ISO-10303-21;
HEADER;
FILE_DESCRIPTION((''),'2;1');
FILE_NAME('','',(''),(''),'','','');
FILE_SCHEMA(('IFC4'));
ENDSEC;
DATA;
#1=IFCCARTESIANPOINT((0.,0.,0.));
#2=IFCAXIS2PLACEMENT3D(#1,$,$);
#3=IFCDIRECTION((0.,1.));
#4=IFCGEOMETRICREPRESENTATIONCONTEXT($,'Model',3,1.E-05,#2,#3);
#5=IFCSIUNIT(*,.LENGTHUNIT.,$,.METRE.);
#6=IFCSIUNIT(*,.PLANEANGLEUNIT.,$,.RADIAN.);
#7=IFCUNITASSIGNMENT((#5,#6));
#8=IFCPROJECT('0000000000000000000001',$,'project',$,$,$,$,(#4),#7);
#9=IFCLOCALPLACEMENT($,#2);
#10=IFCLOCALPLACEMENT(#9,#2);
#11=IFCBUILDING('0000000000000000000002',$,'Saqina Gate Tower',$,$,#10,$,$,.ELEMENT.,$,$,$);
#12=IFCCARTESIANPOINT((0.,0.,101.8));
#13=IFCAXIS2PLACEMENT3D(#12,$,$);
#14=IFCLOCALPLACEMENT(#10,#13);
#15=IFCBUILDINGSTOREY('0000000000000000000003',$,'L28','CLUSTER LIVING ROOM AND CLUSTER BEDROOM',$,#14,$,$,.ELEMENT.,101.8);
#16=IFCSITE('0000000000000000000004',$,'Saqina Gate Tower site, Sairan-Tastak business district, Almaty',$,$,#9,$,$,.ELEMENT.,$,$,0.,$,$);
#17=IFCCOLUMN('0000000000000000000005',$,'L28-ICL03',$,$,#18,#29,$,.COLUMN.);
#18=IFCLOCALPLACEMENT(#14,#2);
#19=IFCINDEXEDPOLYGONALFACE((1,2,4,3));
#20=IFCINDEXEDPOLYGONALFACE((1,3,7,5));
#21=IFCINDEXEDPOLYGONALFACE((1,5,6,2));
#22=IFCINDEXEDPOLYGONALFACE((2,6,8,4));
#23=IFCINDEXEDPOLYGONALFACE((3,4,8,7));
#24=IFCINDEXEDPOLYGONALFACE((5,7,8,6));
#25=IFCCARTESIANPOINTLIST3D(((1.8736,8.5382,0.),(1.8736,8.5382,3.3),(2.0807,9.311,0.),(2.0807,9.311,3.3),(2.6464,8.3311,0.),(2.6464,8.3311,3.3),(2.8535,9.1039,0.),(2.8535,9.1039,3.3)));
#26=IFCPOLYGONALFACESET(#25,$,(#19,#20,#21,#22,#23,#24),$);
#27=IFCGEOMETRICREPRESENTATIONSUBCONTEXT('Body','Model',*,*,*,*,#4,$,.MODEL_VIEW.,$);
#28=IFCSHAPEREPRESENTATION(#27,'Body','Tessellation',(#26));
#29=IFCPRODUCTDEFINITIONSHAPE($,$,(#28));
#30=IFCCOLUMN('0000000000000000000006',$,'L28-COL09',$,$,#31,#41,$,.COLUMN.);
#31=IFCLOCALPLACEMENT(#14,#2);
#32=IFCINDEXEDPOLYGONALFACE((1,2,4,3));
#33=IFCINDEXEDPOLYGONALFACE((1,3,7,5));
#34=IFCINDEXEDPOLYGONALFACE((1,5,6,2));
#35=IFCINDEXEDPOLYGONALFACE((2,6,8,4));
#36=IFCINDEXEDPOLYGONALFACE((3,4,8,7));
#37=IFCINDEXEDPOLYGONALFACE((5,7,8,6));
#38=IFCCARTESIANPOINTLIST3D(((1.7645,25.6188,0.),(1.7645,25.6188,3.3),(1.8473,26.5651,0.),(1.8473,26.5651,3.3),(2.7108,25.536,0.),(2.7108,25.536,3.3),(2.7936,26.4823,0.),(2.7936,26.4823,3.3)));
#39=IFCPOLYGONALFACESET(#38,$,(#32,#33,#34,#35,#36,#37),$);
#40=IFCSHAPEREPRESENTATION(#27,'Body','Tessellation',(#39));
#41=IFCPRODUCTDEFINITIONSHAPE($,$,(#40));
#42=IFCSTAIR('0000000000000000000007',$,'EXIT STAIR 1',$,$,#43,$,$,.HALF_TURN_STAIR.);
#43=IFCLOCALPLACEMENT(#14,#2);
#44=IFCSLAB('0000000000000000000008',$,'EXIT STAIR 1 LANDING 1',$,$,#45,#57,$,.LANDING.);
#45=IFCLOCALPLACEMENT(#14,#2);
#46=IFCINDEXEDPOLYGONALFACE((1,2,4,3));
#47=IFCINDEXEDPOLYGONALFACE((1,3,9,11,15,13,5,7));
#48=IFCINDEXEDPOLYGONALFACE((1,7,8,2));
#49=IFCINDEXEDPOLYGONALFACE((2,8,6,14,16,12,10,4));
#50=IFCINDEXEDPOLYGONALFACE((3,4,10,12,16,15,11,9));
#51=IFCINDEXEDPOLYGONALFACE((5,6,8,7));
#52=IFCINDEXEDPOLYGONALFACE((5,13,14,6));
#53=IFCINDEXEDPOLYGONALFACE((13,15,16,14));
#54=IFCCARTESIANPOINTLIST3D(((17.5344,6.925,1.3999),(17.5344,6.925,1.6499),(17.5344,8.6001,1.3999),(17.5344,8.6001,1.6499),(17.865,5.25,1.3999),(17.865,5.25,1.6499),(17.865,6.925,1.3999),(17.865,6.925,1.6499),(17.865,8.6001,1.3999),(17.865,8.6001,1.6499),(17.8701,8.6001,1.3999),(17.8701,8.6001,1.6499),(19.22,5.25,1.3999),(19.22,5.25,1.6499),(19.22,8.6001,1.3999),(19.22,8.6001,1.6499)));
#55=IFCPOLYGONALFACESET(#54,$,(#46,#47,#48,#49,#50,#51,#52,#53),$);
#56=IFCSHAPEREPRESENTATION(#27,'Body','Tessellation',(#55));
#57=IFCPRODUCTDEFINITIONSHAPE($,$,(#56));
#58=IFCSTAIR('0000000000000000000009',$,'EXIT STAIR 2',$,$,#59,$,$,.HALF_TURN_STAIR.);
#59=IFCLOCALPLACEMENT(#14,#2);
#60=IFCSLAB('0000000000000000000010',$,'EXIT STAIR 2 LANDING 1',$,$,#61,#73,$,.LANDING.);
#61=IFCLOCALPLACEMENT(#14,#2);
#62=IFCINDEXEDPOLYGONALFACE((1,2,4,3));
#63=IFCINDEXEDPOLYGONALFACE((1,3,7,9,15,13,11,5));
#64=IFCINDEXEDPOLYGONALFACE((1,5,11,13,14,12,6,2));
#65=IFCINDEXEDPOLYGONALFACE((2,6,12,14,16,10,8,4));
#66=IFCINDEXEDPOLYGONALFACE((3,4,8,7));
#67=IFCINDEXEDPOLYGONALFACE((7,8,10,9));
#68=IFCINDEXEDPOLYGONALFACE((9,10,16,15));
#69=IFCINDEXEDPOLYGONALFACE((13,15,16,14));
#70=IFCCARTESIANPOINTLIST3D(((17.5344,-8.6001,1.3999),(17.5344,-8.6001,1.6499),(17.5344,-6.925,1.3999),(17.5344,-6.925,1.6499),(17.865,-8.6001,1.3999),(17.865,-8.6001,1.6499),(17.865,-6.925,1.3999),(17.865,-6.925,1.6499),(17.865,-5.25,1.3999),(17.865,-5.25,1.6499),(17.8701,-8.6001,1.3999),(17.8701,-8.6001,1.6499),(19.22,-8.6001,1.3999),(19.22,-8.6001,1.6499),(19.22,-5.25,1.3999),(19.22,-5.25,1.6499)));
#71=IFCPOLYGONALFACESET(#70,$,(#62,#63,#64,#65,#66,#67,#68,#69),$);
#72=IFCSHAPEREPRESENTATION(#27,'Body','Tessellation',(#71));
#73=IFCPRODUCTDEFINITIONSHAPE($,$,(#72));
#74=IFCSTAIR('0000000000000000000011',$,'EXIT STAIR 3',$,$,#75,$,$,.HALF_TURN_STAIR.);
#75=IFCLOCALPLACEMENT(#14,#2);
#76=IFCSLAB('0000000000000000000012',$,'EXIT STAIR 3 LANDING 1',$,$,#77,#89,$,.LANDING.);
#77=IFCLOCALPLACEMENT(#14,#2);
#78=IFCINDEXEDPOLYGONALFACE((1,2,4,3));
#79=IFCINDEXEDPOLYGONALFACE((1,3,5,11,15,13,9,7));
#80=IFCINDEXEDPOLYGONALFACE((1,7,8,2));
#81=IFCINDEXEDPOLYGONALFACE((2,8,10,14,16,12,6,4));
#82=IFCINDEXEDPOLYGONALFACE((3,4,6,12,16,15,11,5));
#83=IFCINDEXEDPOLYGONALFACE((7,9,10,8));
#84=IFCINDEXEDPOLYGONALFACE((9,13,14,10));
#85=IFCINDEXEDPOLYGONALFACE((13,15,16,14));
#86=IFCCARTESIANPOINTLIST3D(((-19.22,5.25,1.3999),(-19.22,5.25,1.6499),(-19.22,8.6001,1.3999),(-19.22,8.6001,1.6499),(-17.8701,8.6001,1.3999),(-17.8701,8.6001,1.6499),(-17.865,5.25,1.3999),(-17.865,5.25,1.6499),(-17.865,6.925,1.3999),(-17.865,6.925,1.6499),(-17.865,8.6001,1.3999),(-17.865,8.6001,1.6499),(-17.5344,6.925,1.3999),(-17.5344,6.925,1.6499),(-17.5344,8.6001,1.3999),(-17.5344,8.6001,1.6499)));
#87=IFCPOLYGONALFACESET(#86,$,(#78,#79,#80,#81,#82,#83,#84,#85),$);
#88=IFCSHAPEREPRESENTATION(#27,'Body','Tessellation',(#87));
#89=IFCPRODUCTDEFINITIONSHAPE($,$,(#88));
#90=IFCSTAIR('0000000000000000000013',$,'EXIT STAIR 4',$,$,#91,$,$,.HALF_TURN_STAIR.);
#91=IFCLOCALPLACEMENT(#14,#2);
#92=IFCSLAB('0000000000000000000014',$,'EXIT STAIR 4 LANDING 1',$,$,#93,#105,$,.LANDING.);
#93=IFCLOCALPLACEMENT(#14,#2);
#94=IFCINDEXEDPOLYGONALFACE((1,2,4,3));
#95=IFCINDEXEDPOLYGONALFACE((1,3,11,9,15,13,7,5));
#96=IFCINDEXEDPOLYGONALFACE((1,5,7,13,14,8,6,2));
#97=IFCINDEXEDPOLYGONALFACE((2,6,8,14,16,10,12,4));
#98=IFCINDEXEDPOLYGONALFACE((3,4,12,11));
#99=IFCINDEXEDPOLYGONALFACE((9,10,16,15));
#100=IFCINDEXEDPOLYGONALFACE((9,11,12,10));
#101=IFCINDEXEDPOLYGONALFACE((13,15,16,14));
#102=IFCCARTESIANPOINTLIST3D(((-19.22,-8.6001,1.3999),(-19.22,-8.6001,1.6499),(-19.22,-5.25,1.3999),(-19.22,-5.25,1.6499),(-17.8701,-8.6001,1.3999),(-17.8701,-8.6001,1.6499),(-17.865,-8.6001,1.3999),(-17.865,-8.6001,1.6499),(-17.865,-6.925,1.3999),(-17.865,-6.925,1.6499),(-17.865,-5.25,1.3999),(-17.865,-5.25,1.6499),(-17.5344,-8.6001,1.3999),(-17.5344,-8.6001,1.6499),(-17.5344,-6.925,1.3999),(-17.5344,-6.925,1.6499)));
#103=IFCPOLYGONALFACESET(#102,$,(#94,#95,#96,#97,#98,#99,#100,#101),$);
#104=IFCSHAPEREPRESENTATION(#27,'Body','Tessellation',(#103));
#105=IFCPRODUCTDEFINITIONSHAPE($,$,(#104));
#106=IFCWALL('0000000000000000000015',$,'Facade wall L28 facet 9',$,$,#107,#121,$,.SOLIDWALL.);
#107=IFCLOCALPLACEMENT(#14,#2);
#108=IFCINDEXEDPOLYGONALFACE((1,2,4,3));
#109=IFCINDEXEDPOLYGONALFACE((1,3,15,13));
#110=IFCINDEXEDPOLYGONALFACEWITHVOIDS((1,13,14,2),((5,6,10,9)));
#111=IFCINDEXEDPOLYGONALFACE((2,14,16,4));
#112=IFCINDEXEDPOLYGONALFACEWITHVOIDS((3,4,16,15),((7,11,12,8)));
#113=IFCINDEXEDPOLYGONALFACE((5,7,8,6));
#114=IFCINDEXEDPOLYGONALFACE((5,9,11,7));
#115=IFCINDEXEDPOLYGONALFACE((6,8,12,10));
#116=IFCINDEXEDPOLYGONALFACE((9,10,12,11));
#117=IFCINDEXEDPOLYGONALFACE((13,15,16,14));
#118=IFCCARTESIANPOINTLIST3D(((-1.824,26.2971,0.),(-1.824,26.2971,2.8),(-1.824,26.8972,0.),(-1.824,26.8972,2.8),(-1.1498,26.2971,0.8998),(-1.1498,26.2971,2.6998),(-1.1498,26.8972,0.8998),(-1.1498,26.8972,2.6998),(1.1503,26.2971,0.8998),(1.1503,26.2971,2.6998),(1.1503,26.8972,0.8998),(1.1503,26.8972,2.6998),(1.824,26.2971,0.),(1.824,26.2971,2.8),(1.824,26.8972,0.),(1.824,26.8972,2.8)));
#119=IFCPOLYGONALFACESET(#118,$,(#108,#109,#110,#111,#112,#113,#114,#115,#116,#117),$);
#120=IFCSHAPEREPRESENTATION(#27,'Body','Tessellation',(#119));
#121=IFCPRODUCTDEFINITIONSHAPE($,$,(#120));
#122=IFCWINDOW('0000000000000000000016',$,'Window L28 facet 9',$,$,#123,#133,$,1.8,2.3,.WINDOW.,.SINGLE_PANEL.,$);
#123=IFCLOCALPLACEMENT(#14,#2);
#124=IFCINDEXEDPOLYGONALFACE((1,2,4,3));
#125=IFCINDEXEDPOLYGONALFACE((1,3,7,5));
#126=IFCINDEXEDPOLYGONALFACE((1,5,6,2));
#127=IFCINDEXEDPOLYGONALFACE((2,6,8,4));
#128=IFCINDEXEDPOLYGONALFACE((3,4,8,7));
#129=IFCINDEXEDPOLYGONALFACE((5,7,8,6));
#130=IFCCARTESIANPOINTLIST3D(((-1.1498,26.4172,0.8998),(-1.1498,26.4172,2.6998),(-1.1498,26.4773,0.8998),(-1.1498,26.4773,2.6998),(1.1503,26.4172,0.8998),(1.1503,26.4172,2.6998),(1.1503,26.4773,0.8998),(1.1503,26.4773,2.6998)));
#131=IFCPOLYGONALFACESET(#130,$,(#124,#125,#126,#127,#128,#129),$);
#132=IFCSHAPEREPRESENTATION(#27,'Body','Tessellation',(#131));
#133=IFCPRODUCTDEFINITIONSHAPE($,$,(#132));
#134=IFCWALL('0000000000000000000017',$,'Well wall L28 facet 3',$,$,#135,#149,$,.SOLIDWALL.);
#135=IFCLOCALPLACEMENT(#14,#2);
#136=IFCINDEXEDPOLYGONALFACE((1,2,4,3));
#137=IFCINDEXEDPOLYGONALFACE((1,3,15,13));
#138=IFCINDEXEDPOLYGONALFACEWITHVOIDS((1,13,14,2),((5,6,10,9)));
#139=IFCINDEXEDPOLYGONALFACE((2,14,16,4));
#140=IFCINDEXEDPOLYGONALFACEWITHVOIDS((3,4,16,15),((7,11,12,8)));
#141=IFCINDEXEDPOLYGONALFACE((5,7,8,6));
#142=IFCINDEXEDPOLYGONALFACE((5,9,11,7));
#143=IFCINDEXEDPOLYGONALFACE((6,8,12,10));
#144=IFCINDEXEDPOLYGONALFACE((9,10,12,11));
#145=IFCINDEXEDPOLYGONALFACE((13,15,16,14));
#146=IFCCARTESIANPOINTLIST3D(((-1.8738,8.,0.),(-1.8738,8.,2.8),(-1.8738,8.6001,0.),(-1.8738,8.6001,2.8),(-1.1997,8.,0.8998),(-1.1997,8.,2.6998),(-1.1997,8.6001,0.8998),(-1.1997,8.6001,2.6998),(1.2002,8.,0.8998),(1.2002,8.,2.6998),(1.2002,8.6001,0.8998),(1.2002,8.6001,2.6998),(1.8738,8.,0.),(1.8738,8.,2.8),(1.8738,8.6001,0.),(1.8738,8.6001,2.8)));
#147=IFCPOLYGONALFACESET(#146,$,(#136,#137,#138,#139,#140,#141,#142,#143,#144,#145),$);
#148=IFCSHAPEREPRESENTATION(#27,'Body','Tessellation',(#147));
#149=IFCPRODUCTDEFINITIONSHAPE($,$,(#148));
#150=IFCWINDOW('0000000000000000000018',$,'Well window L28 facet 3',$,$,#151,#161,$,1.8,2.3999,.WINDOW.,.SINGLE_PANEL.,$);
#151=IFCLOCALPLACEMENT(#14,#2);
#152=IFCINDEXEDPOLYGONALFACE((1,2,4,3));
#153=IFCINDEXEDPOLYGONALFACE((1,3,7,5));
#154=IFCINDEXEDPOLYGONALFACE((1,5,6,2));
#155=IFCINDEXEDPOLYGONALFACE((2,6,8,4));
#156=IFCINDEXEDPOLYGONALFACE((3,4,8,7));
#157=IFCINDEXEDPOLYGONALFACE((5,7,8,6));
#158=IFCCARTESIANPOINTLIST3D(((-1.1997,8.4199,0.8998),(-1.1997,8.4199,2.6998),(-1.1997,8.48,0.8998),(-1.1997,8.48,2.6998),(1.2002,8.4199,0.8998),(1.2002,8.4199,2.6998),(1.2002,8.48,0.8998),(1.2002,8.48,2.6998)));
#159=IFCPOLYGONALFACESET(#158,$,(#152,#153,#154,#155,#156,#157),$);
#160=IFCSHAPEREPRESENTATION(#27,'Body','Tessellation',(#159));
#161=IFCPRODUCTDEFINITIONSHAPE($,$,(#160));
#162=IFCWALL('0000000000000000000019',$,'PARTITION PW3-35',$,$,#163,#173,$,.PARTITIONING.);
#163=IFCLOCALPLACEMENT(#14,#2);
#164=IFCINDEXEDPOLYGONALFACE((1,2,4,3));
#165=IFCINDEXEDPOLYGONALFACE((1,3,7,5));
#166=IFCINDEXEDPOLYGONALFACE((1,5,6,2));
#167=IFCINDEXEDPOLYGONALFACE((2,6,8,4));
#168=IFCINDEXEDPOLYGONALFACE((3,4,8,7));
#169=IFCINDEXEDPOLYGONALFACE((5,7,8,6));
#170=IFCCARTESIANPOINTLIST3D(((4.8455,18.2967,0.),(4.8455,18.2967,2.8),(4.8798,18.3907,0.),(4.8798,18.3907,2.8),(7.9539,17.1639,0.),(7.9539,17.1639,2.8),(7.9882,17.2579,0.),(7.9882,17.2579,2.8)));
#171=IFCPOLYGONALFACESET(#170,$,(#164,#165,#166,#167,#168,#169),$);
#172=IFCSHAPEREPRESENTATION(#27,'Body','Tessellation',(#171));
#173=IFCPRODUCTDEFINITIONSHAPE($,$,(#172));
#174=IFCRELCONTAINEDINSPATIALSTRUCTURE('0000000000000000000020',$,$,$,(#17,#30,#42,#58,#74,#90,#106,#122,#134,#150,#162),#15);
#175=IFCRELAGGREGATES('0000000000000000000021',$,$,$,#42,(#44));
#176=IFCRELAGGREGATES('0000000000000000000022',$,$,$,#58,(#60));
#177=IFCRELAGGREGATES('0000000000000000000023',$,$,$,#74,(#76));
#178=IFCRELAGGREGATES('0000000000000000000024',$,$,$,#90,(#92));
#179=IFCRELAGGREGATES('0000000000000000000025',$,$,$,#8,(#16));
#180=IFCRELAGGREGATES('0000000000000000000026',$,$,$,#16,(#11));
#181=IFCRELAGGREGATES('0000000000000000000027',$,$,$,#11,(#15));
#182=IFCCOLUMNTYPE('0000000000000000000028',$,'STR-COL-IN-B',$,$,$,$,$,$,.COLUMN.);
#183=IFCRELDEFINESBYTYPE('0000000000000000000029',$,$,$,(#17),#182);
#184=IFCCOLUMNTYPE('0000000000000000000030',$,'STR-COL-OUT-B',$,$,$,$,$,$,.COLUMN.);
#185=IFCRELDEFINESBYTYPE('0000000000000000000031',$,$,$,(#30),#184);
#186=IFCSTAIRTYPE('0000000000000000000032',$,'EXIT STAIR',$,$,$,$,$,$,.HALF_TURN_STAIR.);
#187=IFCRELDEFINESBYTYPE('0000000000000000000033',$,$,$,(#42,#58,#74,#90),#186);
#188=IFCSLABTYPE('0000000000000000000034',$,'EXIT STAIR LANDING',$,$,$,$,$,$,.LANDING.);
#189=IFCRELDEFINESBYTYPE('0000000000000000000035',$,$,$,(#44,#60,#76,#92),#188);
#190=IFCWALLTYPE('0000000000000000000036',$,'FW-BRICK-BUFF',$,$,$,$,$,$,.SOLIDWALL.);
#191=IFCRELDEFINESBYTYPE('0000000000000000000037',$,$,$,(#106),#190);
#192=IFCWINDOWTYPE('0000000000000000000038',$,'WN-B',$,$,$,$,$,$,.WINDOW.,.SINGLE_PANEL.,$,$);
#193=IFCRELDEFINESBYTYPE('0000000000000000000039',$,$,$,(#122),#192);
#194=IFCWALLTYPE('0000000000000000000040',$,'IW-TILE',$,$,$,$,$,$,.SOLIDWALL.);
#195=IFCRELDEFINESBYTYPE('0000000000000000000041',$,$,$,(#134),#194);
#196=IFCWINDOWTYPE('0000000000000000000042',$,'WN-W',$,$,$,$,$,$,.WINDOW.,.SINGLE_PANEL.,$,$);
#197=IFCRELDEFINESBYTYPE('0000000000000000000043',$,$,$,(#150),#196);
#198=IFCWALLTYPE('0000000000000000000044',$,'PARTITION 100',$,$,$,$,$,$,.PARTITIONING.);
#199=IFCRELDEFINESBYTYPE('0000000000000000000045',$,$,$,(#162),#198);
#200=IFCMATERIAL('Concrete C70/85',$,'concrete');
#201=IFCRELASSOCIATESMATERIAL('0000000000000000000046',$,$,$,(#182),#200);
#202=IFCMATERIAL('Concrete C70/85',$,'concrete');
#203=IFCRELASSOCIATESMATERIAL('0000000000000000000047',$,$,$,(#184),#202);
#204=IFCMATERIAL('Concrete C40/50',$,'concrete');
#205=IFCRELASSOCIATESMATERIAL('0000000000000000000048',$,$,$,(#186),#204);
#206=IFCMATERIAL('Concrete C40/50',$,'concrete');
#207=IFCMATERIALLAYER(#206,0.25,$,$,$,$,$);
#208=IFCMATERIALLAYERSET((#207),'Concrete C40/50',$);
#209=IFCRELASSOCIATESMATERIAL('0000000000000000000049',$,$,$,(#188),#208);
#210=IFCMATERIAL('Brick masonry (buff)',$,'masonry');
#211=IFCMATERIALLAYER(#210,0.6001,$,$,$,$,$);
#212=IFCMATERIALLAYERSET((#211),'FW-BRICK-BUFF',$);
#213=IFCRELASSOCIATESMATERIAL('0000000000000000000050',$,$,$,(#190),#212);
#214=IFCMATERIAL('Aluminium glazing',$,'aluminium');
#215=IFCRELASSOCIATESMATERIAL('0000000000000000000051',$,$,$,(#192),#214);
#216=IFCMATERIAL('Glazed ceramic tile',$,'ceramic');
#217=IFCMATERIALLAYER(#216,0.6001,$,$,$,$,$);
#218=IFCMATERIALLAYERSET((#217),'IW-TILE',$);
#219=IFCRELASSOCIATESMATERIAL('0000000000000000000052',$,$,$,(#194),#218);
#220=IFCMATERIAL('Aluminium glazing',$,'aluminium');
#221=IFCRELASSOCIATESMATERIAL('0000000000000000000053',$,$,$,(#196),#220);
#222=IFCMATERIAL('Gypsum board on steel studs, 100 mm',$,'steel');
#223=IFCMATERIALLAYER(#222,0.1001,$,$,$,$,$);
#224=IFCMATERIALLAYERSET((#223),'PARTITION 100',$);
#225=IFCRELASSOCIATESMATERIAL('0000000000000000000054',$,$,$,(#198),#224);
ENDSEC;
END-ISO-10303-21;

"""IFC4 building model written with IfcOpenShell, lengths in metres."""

from ifc_helpers import new_model, si_unit, direction, frame, frame_2d, origin, origin_2d, place, context, subcontext, project, spatial, polyline, rectangle, outline, extrude, material, layer, layer_set, material_profile, profile_set, type_object, element, fill, aggregate, save


model = new_model("IFC4")

# Units and contexts
model_context = context("Model", 3, precision=1e-05, world=origin(), true_north=direction((0.0, 1.0)))
body_context = subcontext(model_context, "Body", "Model", "MODEL_VIEW")
ifc_project = project(units=[si_unit("LENGTHUNIT", "METRE"), si_unit("PLANEANGLEUNIT", "RADIAN")], contexts=[model_context])

# Site, building, storey
site_placement = place(None, origin())
site = spatial("IfcSite", under=ifc_project, at=site_placement, Name="Saqina Gate Tower site, Sairan-Tastak business district, Almaty", CompositionType="ELEMENT", RefElevation=0.0)
building_placement = place(site_placement, origin())
building = spatial("IfcBuilding", under=site, at=building_placement, Name="Saqina Gate Tower", CompositionType="ELEMENT")
storey_placement = place(building_placement, frame((0.0, 0.0, 101.8)))
storey = spatial("IfcBuildingStorey", under=building, at=storey_placement, Name="L28", Description="CLUSTER LIVING ROOM AND CLUSTER BEDROOM", CompositionType="ELEMENT", Elevation=101.8)

# Columns
ifc_material_1 = material(Name="Concrete C70/85", Category="concrete")
ifc_material_profile_1 = material_profile(ifc_material_1, rectangle(XDim=0.8, YDim=0.8, at=origin_2d()), Name="RC 800x800")
ifc_profile_set_1 = profile_set([ifc_material_profile_1], Name="Concrete C70/85")
column_type_1 = type_object("IfcColumnType", Name="STR-COL-IN-B", PredefinedType="COLUMN", material=ifc_profile_set_1)
column_1_placement = place(storey_placement, frame((2.3635, 8.821, 0.0), z_axis=(0.0, 0.0, 1.0), x_axis=(0.258819, 0.965926, 0.0)))
element("IfcColumn", 1, at=column_1_placement, inside=storey, type_object=column_type_1, Name="L28-ICL03", PredefinedType="COLUMN", context=body_context, shape_type="SweptSolid", body=[
    extrude(rectangle(XDim=0.8, YDim=0.8, at=origin_2d()), origin(), (0.0, 0.0, 1.0), 3.3),
])
ifc_material_2 = material(Name="Concrete C70/85", Category="concrete")
ifc_material_profile_2 = material_profile(ifc_material_2, rectangle(XDim=0.95, YDim=0.95, at=origin_2d()), Name="RC 950x950")
ifc_profile_set_2 = profile_set([ifc_material_profile_2], Name="Concrete C70/85")
column_type_2 = type_object("IfcColumnType", Name="STR-COL-OUT-B", PredefinedType="COLUMN", material=ifc_profile_set_2)
column_2_placement = place(storey_placement, frame((2.2791, 26.0505, 0.0), z_axis=(0.0, 0.0, 1.0), x_axis=(0.087156, 0.996195, 0.0)))
element("IfcColumn", 2, at=column_2_placement, inside=storey, type_object=column_type_2, Name="L28-COL09", PredefinedType="COLUMN", context=body_context, shape_type="SweptSolid", body=[
    extrude(rectangle(XDim=0.95, YDim=0.95, at=origin_2d()), origin(), (0.0, 0.0, 1.0), 3.3),
])

# Stairs, slabs
ifc_material_3 = material(Name="Concrete C40/50", Category="concrete")
stair_type = type_object("IfcStairType", Name="EXIT STAIR", PredefinedType="HALF_TURN_STAIR", material=ifc_material_3)
stair_1_placement = place(storey_placement, origin())
stair_1 = element("IfcStair", 3, at=stair_1_placement, inside=storey, type_object=stair_type, Name="EXIT STAIR 1", PredefinedType="HALF_TURN_STAIR")
ifc_material_4 = material(Name="Concrete C40/50", Category="concrete")
ifc_layer_1 = layer(ifc_material_4, 0.25)
ifc_layer_set_1 = layer_set([ifc_layer_1], Name="Concrete C40/50")
slab_type = type_object("IfcSlabType", Name="EXIT STAIR LANDING", PredefinedType="LANDING", material=ifc_layer_set_1)
slab_1_placement = place(storey_placement, frame((0.0, 0.0, 1.3999)))
slab_1 = element("IfcSlab", 4, at=slab_1_placement, type_object=slab_type, Name="EXIT STAIR 1 LANDING 1", PredefinedType="LANDING", context=body_context, shape_type="SweptSolid", body=[
    extrude(outline(polyline([(19.22, 8.6001), (19.22, 5.25), (17.865, 5.25), (17.865, 6.925), (17.5344, 6.925), (17.5344, 8.6001), (17.865, 8.6001), (17.8701, 8.6001), (19.22, 8.6001)])), origin(), (0.0, 0.0, 1.0), 0.25),
])
aggregate(stair_1, [slab_1])
stair_2_placement = place(storey_placement, origin())
stair_2 = element("IfcStair", 5, at=stair_2_placement, inside=storey, type_object=stair_type, Name="EXIT STAIR 2", PredefinedType="HALF_TURN_STAIR")
slab_2_placement = place(storey_placement, frame((0.0, 0.0, 1.3999)))
slab_2 = element("IfcSlab", 6, at=slab_2_placement, type_object=slab_type, Name="EXIT STAIR 2 LANDING 1", PredefinedType="LANDING", context=body_context, shape_type="SweptSolid", body=[
    extrude(outline(polyline([(17.5344, -8.6001), (17.5344, -6.925), (17.865, -6.925), (17.865, -5.25), (19.22, -5.25), (19.22, -8.6001), (17.8701, -8.6001), (17.865, -8.6001), (17.5344, -8.6001)])), origin(), (0.0, 0.0, 1.0), 0.25),
])
aggregate(stair_2, [slab_2])
stair_3_placement = place(storey_placement, origin())
stair_3 = element("IfcStair", 7, at=stair_3_placement, inside=storey, type_object=stair_type, Name="EXIT STAIR 3", PredefinedType="HALF_TURN_STAIR")
slab_3_placement = place(storey_placement, frame((0.0, 0.0, 1.3999)))
slab_3 = element("IfcSlab", 8, at=slab_3_placement, type_object=slab_type, Name="EXIT STAIR 3 LANDING 1", PredefinedType="LANDING", context=body_context, shape_type="SweptSolid", body=[
    extrude(outline(polyline([(-17.865, 5.25), (-19.22, 5.25), (-19.22, 8.6001), (-17.8701, 8.6001), (-17.865, 8.6001), (-17.5344, 8.6001), (-17.5344, 6.925), (-17.865, 6.925), (-17.865, 5.25)])), origin(), (0.0, 0.0, 1.0), 0.25),
])
aggregate(stair_3, [slab_3])
stair_4_placement = place(storey_placement, origin())
stair_4 = element("IfcStair", 9, at=stair_4_placement, inside=storey, type_object=stair_type, Name="EXIT STAIR 4", PredefinedType="HALF_TURN_STAIR")
slab_4_placement = place(storey_placement, frame((0.0, 0.0, 1.3999)))
slab_4 = element("IfcSlab", 10, at=slab_4_placement, type_object=slab_type, Name="EXIT STAIR 4 LANDING 1", PredefinedType="LANDING", context=body_context, shape_type="SweptSolid", body=[
    extrude(outline(polyline([(-17.5344, -6.925), (-17.5344, -8.6001), (-17.865, -8.6001), (-17.8701, -8.6001), (-19.22, -8.6001), (-19.22, -5.25), (-17.865, -5.25), (-17.865, -6.925), (-17.5344, -6.925)])), origin(), (0.0, 0.0, 1.0), 0.25),
])
aggregate(stair_4, [slab_4])

# Walls, openings, windows
ifc_material_5 = material(Name="Brick masonry (buff)", Category="masonry")
ifc_layer_2 = layer(ifc_material_5, 0.6001)
ifc_layer_set_2 = layer_set([ifc_layer_2], Name="FW-BRICK-BUFF")
wall_type_1 = type_object("IfcWallType", Name="FW-BRICK-BUFF", PredefinedType="SOLIDWALL", material=ifc_layer_set_2)
wall_1_placement = place(storey_placement, frame((1.824, 26.5972, 0.0), z_axis=(0.0, 0.0, 1.0), x_axis=(-1.0, 0.0, 0.0)))
wall_1 = element("IfcWall", 11, at=wall_1_placement, inside=storey, type_object=wall_type_1, Name="Facade wall L28 facet 9", PredefinedType="SOLIDWALL", context=body_context, shape_type="SweptSolid", body=[
    extrude(rectangle(XDim=3.6479, YDim=0.6001, at=frame_2d((1.824, 0.0))), origin(), (0.0, 0.0, 1.0), 2.8),
])
opening_1_placement = place(wall_1_placement, frame((0.6738, 0.0, 0.8999)))
opening_1 = element("IfcOpeningElement", 12, at=opening_1_placement, cuts=wall_1, PredefinedType="OPENING", context=body_context, shape_type="SweptSolid", body=[
    extrude(rectangle(XDim=2.3, YDim=1.8, at=frame_2d((1.1499, 0.8999))), frame((0.0, 0.312, 0.0), z_axis=(0.0, -1.0, 0.0), x_axis=(1.0, 0.0, 0.0)), (0.0, 0.0, 1.0), 0.624),
])
ifc_material_6 = material(Name="Aluminium glazing", Category="aluminium")
window_type_1 = type_object("IfcWindowType", Name="WN-B", PartitioningType="SINGLE_PANEL", PredefinedType="WINDOW", material=ifc_material_6)
window_1_placement = place(opening_1_placement, origin())
window_1 = element("IfcWindow", 13, at=window_1_placement, inside=storey, type_object=window_type_1, Name="Window L28 facet 9", OverallHeight=1.8, OverallWidth=2.3, PartitioningType="SINGLE_PANEL", PredefinedType="WINDOW", context=body_context, shape_type="SweptSolid", body=[
    extrude(rectangle(XDim=2.3, YDim=1.8, at=frame_2d((1.1499, 0.8999))), frame((0.0, 0.1799, 0.0), z_axis=(0.0, -1.0, 0.0), x_axis=(1.0, 0.0, 0.0)), (0.0, 0.0, 1.0), 0.0601),
])
fill(opening_1, window_1)
ifc_material_7 = material(Name="Glazed ceramic tile", Category="ceramic")
ifc_layer_3 = layer(ifc_material_7, 0.6001)
ifc_layer_set_3 = layer_set([ifc_layer_3], Name="IW-TILE")
wall_type_2 = type_object("IfcWallType", Name="IW-TILE", PredefinedType="SOLIDWALL", material=ifc_layer_set_3)
wall_2_placement = place(storey_placement, frame((1.8738, 8.3, 0.0), z_axis=(0.0, 0.0, 1.0), x_axis=(-1.0, 0.0, 0.0)))
wall_2 = element("IfcWall", 14, at=wall_2_placement, inside=storey, type_object=wall_type_2, Name="Well wall L28 facet 3", PredefinedType="SOLIDWALL", context=body_context, shape_type="SweptSolid", body=[
    extrude(rectangle(XDim=3.7476, YDim=0.6001, at=frame_2d((1.8738, 0.0))), origin(), (0.0, 0.0, 1.0), 2.8),
])
opening_2_placement = place(wall_2_placement, frame((0.6736, 0.0, 0.8999)))
opening_2 = element("IfcOpeningElement", 15, at=opening_2_placement, cuts=wall_2, PredefinedType="OPENING", context=body_context, shape_type="SweptSolid", body=[
    extrude(rectangle(XDim=2.3999, YDim=1.8, at=frame_2d((1.2, 0.8999))), frame((0.0, 0.312, 0.0), z_axis=(0.0, -1.0, 0.0), x_axis=(1.0, 0.0, 0.0)), (0.0, 0.0, 1.0), 0.624),
])
ifc_material_8 = material(Name="Aluminium glazing", Category="aluminium")
window_type_2 = type_object("IfcWindowType", Name="WN-W", PartitioningType="SINGLE_PANEL", PredefinedType="WINDOW", material=ifc_material_8)
window_2_placement = place(opening_2_placement, origin())
window_2 = element("IfcWindow", 16, at=window_2_placement, inside=storey, type_object=window_type_2, Name="Well window L28 facet 3", OverallHeight=1.8, OverallWidth=2.3999, PartitioningType="SINGLE_PANEL", PredefinedType="WINDOW", context=body_context, shape_type="SweptSolid", body=[
    extrude(rectangle(XDim=2.3999, YDim=1.8, at=frame_2d((1.2, 0.8999))), frame((0.0, -0.1199, 0.0), z_axis=(0.0, -1.0, 0.0), x_axis=(1.0, 0.0, 0.0)), (0.0, 0.0, 1.0), 0.0601),
])
fill(opening_2, window_2)

# Wall
ifc_material_9 = material(Name="Gypsum board on steel studs, 100 mm", Category="steel")
ifc_layer_4 = layer(ifc_material_9, 0.1001)
ifc_layer_set_4 = layer_set([ifc_layer_4], Name="PARTITION 100")
wall_type_3 = type_object("IfcWallType", Name="PARTITION 100", PredefinedType="PARTITIONING", material=ifc_layer_set_4)
wall_3_placement = place(storey_placement, frame((4.8625, 18.3438, 0.0), z_axis=(0.0, 0.0, 1.0), x_axis=(0.939552, -0.342407, 0.0)))
element("IfcWall", 17, at=wall_3_placement, inside=storey, type_object=wall_type_3, Name="PARTITION PW3-35", PredefinedType="PARTITIONING", context=body_context, shape_type="SweptSolid", body=[
    extrude(rectangle(XDim=3.3083, YDim=0.1001, at=frame_2d((1.6543, 0.0))), origin(), (0.0, 0.0, 1.0), 2.8),
])

save(model, "model.ifc")
